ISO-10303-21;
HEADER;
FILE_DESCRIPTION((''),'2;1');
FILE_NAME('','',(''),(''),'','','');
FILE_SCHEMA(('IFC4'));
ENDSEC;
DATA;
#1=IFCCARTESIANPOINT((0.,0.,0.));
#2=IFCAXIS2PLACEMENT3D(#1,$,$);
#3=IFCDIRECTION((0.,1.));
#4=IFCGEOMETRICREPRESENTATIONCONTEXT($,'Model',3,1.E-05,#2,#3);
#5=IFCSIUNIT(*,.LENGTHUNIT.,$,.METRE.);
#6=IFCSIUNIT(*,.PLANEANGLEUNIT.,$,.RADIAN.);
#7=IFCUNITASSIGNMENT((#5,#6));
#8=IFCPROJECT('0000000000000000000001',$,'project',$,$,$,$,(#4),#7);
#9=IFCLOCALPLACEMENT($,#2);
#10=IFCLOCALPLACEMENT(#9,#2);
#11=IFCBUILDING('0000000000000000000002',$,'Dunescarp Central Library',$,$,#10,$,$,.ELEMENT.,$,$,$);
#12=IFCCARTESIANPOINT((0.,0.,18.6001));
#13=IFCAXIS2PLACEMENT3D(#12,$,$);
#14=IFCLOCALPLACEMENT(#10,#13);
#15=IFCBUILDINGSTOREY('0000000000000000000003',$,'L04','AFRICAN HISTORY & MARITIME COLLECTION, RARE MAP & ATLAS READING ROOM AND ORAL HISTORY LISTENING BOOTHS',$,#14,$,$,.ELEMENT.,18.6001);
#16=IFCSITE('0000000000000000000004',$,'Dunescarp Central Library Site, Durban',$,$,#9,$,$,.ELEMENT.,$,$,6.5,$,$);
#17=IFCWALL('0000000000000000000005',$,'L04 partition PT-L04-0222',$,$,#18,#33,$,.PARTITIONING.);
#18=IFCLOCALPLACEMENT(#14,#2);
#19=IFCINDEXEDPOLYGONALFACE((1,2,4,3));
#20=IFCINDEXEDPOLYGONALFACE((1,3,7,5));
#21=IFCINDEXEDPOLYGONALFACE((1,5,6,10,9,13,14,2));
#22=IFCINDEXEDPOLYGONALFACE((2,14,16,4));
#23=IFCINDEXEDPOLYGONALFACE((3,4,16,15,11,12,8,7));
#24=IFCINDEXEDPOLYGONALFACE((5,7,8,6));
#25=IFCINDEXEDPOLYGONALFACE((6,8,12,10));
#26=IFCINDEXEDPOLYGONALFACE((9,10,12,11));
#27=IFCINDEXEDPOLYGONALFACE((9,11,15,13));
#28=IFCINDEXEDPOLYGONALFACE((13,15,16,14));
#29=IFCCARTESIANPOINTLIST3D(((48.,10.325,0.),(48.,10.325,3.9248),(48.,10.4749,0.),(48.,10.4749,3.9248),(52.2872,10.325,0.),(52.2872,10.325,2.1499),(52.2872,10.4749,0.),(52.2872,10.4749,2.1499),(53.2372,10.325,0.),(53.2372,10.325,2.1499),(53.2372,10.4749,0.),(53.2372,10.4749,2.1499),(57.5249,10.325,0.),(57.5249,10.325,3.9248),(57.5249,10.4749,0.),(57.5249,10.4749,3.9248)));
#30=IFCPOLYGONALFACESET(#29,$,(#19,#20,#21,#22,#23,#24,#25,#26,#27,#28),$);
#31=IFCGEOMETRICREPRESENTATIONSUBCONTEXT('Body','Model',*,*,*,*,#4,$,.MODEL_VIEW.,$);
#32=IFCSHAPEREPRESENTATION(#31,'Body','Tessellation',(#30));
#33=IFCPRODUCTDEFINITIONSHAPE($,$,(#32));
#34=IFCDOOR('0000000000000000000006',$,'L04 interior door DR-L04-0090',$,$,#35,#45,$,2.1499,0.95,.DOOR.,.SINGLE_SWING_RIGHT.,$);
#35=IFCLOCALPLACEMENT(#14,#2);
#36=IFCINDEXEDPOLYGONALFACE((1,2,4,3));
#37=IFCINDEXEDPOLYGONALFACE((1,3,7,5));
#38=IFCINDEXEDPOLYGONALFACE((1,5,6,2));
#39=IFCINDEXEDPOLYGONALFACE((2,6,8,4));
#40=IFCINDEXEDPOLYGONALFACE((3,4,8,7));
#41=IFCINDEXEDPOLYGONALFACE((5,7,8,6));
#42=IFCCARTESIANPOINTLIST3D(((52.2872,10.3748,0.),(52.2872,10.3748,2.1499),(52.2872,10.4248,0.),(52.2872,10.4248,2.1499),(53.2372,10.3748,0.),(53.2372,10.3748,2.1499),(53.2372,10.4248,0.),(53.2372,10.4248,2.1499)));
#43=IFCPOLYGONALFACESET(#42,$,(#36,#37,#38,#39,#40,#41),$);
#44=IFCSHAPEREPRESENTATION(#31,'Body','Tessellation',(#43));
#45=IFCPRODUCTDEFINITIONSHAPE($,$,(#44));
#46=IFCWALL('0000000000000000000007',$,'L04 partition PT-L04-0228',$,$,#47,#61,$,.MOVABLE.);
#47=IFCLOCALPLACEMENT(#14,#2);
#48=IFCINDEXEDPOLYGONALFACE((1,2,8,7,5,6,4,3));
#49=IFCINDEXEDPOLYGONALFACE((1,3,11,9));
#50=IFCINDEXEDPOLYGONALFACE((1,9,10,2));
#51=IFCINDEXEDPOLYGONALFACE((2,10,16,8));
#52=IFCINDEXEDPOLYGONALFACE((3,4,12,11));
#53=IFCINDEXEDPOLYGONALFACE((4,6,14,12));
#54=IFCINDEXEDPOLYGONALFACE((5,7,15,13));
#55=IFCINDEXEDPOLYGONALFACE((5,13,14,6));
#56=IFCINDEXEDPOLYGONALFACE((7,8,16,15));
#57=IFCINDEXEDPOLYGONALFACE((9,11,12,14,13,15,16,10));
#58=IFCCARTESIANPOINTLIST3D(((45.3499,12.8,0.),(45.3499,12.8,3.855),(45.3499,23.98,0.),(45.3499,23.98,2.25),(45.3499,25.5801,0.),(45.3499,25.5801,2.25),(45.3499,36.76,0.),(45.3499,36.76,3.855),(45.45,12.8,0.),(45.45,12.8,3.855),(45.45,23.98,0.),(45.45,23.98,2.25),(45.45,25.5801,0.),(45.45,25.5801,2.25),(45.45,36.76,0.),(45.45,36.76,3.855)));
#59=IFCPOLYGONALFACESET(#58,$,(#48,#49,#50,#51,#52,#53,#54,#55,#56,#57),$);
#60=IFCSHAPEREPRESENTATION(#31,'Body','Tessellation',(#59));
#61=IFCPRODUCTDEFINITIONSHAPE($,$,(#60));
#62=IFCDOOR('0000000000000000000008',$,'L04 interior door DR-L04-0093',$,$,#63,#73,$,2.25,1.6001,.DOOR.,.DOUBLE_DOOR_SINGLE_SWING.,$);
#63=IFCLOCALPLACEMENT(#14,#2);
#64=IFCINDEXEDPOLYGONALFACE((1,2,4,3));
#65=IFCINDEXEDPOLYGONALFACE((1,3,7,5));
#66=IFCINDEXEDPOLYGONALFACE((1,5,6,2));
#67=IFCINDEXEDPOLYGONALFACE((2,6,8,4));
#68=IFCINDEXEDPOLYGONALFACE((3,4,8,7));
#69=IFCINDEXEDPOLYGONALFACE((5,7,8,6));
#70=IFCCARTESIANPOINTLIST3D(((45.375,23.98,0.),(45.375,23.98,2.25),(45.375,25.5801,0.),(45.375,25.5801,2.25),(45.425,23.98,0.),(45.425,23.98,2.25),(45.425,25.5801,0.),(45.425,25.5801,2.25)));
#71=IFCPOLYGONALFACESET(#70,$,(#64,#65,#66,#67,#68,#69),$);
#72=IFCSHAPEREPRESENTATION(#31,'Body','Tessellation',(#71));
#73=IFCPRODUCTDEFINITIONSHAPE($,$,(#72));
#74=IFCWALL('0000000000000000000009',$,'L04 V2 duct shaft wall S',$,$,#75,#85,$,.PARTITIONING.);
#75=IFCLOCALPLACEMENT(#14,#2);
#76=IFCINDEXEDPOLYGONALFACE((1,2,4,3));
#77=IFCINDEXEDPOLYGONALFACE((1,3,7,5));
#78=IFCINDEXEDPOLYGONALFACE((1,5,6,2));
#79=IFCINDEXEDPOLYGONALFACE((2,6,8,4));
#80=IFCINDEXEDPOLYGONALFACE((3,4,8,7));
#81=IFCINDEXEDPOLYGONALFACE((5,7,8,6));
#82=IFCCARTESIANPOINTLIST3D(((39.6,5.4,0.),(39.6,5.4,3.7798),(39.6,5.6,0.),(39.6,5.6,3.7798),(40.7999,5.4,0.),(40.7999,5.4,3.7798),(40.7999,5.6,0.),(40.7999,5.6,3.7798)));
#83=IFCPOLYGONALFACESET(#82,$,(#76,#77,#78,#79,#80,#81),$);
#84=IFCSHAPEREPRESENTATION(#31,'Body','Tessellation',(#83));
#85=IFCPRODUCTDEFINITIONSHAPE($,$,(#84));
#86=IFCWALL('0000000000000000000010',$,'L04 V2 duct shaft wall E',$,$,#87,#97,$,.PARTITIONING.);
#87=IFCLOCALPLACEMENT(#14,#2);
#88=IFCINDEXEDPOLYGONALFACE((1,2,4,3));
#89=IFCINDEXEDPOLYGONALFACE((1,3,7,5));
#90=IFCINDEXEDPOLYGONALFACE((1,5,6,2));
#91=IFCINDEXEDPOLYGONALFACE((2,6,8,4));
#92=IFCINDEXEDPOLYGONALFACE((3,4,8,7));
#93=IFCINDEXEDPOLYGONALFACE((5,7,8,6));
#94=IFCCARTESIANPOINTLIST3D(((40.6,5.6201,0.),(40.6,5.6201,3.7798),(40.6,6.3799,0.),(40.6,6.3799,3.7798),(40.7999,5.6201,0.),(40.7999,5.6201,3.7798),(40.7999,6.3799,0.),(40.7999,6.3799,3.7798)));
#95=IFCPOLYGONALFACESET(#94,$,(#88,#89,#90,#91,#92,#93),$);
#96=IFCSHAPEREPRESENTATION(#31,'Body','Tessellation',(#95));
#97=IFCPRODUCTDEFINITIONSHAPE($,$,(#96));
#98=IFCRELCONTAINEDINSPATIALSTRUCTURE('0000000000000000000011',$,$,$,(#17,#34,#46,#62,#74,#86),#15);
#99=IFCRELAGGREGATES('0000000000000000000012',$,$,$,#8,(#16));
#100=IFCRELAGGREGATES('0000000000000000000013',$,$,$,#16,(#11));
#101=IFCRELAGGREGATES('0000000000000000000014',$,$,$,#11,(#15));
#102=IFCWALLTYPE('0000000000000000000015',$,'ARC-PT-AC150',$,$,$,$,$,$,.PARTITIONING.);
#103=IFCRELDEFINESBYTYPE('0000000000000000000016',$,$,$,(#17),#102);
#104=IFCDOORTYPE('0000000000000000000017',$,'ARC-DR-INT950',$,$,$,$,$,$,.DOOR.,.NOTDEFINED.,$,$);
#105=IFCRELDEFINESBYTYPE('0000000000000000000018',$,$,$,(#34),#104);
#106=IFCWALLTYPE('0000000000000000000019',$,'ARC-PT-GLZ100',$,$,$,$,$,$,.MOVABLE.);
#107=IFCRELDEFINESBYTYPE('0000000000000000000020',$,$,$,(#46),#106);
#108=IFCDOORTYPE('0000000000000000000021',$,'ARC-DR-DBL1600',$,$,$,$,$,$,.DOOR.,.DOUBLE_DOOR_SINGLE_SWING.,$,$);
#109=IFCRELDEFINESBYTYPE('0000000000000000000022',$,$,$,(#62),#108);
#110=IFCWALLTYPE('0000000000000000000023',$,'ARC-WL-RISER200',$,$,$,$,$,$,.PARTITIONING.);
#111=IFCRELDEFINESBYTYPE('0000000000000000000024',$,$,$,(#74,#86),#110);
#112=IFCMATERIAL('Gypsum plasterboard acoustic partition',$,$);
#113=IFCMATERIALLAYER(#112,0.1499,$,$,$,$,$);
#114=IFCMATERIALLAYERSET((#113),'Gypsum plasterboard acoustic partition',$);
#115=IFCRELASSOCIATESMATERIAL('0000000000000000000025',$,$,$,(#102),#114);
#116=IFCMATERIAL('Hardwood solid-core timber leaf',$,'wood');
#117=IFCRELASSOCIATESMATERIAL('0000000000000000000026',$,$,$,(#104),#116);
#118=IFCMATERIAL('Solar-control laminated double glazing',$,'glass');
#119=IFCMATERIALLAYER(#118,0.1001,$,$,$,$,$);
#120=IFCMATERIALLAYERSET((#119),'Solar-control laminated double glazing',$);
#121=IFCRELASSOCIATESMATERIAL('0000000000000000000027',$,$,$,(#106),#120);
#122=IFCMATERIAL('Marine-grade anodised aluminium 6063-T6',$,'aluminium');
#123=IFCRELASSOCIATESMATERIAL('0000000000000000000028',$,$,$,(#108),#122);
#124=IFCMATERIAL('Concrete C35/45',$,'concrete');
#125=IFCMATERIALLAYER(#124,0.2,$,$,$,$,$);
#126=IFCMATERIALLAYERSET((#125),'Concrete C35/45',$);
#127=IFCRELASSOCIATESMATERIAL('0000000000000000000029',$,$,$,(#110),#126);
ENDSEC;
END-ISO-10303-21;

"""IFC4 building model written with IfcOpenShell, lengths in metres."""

from ifc_helpers import new_model, si_unit, direction, frame, frame_2d, origin, place, context, subcontext, project, spatial, rectangle, extrude, material, layer, layer_set, type_object, element, fill, save


model = new_model("IFC4")

# Units and contexts
model_context = context("Model", 3, precision=1e-05, world=origin(), true_north=direction((0.0, 1.0)))
body_context = subcontext(model_context, "Body", "Model", "MODEL_VIEW")
ifc_project = project(units=[si_unit("LENGTHUNIT", "METRE"), si_unit("PLANEANGLEUNIT", "RADIAN")], contexts=[model_context])

# Site, building, storey
site_placement = place(None, origin())
site = spatial("IfcSite", under=ifc_project, at=site_placement, Name="Dunescarp Central Library Site, Durban", CompositionType="ELEMENT", RefElevation=6.5)
building_placement = place(site_placement, origin())
building = spatial("IfcBuilding", under=site, at=building_placement, Name="Dunescarp Central Library", CompositionType="ELEMENT")
storey_placement = place(building_placement, frame((0.0, 0.0, 18.6001)))
storey = spatial("IfcBuildingStorey", under=building, at=storey_placement, Name="L04", Description="AFRICAN HISTORY & MARITIME COLLECTION, RARE MAP & ATLAS READING ROOM AND ORAL HISTORY LISTENING BOOTHS", CompositionType="ELEMENT", Elevation=18.6001)

# Shared definitions
ifc_material_1 = material(Name="Marine-grade anodised aluminium 6063-T6", Category="aluminium")

# Shared definitions
ifc_material_2 = material(Name="Solar-control laminated double glazing", Category="glass")

# Shared definitions
ifc_material_3 = material(Name="Gypsum plasterboard acoustic partition")
ifc_layer_1 = layer(ifc_material_3, 0.1499)
ifc_layer_set_1 = layer_set([ifc_layer_1], Name="Gypsum plasterboard acoustic partition")
wall_type_1 = type_object("IfcWallType", Name="ARC-PT-AC150", PredefinedType="PARTITIONING", material=ifc_layer_set_1)

# Walls, openings, doors
wall_1_placement = place(storey_placement, frame((48.0, 10.3999, 0.0), z_axis=(0.0, 0.0, 1.0), x_axis=(1.0, 0.0, 0.0)))
wall_1 = element("IfcWall", 1, at=wall_1_placement, inside=storey, type_object=wall_type_1, Name="L04 partition PT-L04-0222", PredefinedType="PARTITIONING", context=body_context, shape_type="SweptSolid", body=[
    extrude(rectangle(XDim=9.5249, YDim=0.1499, at=frame_2d((4.7625, 0.0))), origin(), (0.0, 0.0, 1.0), 3.9248),
])
opening_1_placement = place(wall_1_placement, frame((4.2871, 0.0, 0.0)))
opening_1 = element("IfcOpeningElement", 2, at=opening_1_placement, cuts=wall_1, PredefinedType="OPENING", context=body_context, shape_type="SweptSolid", body=[
    extrude(rectangle(XDim=0.95, YDim=2.1499, at=frame_2d((0.4751, 1.075))), frame((0.0, 0.085, 0.0), z_axis=(0.0, -1.0, 0.0), x_axis=(1.0, 0.0, 0.0)), (0.0, 0.0, 1.0), 0.1699),
])
ifc_material_4 = material(Name="Hardwood solid-core timber leaf", Category="wood")
door_type_1 = type_object("IfcDoorType", Name="ARC-DR-INT950", OperationType="NOTDEFINED", PredefinedType="DOOR", material=ifc_material_4)
door_1_placement = place(opening_1_placement, origin())
door_1 = element("IfcDoor", 3, at=door_1_placement, inside=storey, type_object=door_type_1, Name="L04 interior door DR-L04-0090", OperationType="SINGLE_SWING_RIGHT", OverallHeight=2.1499, OverallWidth=0.95, PredefinedType="DOOR", context=body_context, shape_type="SweptSolid", body=[
    extrude(rectangle(XDim=0.95, YDim=2.1499, at=frame_2d((0.4751, 1.075))), frame((0.0, 0.0249, 0.0), z_axis=(0.0, -1.0, 0.0), x_axis=(1.0, 0.0, 0.0)), (0.0, 0.0, 1.0), 0.05),
])
fill(opening_1, door_1)
ifc_layer_2 = layer(ifc_material_2, 0.1001)
ifc_layer_set_2 = layer_set([ifc_layer_2], Name="Solar-control laminated double glazing")
wall_type_2 = type_object("IfcWallType", Name="ARC-PT-GLZ100", PredefinedType="MOVABLE", material=ifc_layer_set_2)
wall_2_placement = place(storey_placement, frame((45.3999, 12.8, 0.0), z_axis=(0.0, 0.0, 1.0), x_axis=(0.0, 1.0, 0.0)))
wall_2 = element("IfcWall", 4, at=wall_2_placement, inside=storey, type_object=wall_type_2, Name="L04 partition PT-L04-0228", PredefinedType="MOVABLE", context=body_context, shape_type="SweptSolid", body=[
    extrude(rectangle(XDim=23.96, YDim=0.1001, at=frame_2d((11.98, 0.0))), origin(), (0.0, 0.0, 1.0), 3.855),
])
opening_2_placement = place(wall_2_placement, frame((11.1799, 0.0, 0.0)))
opening_2 = element("IfcOpeningElement", 5, at=opening_2_placement, cuts=wall_2, PredefinedType="OPENING", context=body_context, shape_type="SweptSolid", body=[
    extrude(rectangle(XDim=1.6001, YDim=2.25, at=frame_2d((0.8, 1.125))), frame((0.0, 0.0601, 0.0), z_axis=(0.0, -1.0, 0.0), x_axis=(1.0, 0.0, 0.0)), (0.0, 0.0, 1.0), 0.1201),
])
door_type_2 = type_object("IfcDoorType", Name="ARC-DR-DBL1600", OperationType="DOUBLE_DOOR_SINGLE_SWING", PredefinedType="DOOR", material=ifc_material_1)
door_2_placement = place(opening_2_placement, origin())
door_2 = element("IfcDoor", 6, at=door_2_placement, inside=storey, type_object=door_type_2, Name="L04 interior door DR-L04-0093", OperationType="DOUBLE_DOOR_SINGLE_SWING", OverallHeight=2.25, OverallWidth=1.6001, PredefinedType="DOOR", context=body_context, shape_type="SweptSolid", body=[
    extrude(rectangle(XDim=1.6001, YDim=2.25, at=frame_2d((0.8, 1.125))), frame((0.0, 0.0249, 0.0), z_axis=(0.0, -1.0, 0.0), x_axis=(1.0, 0.0, 0.0)), (0.0, 0.0, 1.0), 0.05),
])
fill(opening_2, door_2)

# Walls
ifc_material_5 = material(Name="Concrete C35/45", Category="concrete")
ifc_layer_3 = layer(ifc_material_5, 0.2)
ifc_layer_set_3 = layer_set([ifc_layer_3], Name="Concrete C35/45")
wall_type_3 = type_object("IfcWallType", Name="ARC-WL-RISER200", PredefinedType="PARTITIONING", material=ifc_layer_set_3)
wall_3_placement = place(storey_placement, frame((40.8, 5.5, 0.0), z_axis=(0.0, 0.0, 1.0), x_axis=(-1.0, 0.0, 0.0)))
element("IfcWall", 7, at=wall_3_placement, inside=storey, type_object=wall_type_3, Name="L04 V2 duct shaft wall S", PredefinedType="PARTITIONING", context=body_context, shape_type="SweptSolid", body=[
    extrude(rectangle(XDim=1.2, YDim=0.2, at=frame_2d((0.6001, 0.0))), origin(), (0.0, 0.0, 1.0), 3.7798),
])
wall_4_placement = place(storey_placement, frame((40.7, 6.3799, 0.0), z_axis=(0.0, 0.0, 1.0), x_axis=(0.0, -1.0, 0.0)))
element("IfcWall", 8, at=wall_4_placement, inside=storey, type_object=wall_type_3, Name="L04 V2 duct shaft wall E", PredefinedType="PARTITIONING", context=body_context, shape_type="SweptSolid", body=[
    extrude(rectangle(XDim=0.7598, YDim=0.2, at=frame_2d((0.3799, 0.0))), origin(), (0.0, 0.0, 1.0), 3.7798),
])

save(model, "model.ifc")
